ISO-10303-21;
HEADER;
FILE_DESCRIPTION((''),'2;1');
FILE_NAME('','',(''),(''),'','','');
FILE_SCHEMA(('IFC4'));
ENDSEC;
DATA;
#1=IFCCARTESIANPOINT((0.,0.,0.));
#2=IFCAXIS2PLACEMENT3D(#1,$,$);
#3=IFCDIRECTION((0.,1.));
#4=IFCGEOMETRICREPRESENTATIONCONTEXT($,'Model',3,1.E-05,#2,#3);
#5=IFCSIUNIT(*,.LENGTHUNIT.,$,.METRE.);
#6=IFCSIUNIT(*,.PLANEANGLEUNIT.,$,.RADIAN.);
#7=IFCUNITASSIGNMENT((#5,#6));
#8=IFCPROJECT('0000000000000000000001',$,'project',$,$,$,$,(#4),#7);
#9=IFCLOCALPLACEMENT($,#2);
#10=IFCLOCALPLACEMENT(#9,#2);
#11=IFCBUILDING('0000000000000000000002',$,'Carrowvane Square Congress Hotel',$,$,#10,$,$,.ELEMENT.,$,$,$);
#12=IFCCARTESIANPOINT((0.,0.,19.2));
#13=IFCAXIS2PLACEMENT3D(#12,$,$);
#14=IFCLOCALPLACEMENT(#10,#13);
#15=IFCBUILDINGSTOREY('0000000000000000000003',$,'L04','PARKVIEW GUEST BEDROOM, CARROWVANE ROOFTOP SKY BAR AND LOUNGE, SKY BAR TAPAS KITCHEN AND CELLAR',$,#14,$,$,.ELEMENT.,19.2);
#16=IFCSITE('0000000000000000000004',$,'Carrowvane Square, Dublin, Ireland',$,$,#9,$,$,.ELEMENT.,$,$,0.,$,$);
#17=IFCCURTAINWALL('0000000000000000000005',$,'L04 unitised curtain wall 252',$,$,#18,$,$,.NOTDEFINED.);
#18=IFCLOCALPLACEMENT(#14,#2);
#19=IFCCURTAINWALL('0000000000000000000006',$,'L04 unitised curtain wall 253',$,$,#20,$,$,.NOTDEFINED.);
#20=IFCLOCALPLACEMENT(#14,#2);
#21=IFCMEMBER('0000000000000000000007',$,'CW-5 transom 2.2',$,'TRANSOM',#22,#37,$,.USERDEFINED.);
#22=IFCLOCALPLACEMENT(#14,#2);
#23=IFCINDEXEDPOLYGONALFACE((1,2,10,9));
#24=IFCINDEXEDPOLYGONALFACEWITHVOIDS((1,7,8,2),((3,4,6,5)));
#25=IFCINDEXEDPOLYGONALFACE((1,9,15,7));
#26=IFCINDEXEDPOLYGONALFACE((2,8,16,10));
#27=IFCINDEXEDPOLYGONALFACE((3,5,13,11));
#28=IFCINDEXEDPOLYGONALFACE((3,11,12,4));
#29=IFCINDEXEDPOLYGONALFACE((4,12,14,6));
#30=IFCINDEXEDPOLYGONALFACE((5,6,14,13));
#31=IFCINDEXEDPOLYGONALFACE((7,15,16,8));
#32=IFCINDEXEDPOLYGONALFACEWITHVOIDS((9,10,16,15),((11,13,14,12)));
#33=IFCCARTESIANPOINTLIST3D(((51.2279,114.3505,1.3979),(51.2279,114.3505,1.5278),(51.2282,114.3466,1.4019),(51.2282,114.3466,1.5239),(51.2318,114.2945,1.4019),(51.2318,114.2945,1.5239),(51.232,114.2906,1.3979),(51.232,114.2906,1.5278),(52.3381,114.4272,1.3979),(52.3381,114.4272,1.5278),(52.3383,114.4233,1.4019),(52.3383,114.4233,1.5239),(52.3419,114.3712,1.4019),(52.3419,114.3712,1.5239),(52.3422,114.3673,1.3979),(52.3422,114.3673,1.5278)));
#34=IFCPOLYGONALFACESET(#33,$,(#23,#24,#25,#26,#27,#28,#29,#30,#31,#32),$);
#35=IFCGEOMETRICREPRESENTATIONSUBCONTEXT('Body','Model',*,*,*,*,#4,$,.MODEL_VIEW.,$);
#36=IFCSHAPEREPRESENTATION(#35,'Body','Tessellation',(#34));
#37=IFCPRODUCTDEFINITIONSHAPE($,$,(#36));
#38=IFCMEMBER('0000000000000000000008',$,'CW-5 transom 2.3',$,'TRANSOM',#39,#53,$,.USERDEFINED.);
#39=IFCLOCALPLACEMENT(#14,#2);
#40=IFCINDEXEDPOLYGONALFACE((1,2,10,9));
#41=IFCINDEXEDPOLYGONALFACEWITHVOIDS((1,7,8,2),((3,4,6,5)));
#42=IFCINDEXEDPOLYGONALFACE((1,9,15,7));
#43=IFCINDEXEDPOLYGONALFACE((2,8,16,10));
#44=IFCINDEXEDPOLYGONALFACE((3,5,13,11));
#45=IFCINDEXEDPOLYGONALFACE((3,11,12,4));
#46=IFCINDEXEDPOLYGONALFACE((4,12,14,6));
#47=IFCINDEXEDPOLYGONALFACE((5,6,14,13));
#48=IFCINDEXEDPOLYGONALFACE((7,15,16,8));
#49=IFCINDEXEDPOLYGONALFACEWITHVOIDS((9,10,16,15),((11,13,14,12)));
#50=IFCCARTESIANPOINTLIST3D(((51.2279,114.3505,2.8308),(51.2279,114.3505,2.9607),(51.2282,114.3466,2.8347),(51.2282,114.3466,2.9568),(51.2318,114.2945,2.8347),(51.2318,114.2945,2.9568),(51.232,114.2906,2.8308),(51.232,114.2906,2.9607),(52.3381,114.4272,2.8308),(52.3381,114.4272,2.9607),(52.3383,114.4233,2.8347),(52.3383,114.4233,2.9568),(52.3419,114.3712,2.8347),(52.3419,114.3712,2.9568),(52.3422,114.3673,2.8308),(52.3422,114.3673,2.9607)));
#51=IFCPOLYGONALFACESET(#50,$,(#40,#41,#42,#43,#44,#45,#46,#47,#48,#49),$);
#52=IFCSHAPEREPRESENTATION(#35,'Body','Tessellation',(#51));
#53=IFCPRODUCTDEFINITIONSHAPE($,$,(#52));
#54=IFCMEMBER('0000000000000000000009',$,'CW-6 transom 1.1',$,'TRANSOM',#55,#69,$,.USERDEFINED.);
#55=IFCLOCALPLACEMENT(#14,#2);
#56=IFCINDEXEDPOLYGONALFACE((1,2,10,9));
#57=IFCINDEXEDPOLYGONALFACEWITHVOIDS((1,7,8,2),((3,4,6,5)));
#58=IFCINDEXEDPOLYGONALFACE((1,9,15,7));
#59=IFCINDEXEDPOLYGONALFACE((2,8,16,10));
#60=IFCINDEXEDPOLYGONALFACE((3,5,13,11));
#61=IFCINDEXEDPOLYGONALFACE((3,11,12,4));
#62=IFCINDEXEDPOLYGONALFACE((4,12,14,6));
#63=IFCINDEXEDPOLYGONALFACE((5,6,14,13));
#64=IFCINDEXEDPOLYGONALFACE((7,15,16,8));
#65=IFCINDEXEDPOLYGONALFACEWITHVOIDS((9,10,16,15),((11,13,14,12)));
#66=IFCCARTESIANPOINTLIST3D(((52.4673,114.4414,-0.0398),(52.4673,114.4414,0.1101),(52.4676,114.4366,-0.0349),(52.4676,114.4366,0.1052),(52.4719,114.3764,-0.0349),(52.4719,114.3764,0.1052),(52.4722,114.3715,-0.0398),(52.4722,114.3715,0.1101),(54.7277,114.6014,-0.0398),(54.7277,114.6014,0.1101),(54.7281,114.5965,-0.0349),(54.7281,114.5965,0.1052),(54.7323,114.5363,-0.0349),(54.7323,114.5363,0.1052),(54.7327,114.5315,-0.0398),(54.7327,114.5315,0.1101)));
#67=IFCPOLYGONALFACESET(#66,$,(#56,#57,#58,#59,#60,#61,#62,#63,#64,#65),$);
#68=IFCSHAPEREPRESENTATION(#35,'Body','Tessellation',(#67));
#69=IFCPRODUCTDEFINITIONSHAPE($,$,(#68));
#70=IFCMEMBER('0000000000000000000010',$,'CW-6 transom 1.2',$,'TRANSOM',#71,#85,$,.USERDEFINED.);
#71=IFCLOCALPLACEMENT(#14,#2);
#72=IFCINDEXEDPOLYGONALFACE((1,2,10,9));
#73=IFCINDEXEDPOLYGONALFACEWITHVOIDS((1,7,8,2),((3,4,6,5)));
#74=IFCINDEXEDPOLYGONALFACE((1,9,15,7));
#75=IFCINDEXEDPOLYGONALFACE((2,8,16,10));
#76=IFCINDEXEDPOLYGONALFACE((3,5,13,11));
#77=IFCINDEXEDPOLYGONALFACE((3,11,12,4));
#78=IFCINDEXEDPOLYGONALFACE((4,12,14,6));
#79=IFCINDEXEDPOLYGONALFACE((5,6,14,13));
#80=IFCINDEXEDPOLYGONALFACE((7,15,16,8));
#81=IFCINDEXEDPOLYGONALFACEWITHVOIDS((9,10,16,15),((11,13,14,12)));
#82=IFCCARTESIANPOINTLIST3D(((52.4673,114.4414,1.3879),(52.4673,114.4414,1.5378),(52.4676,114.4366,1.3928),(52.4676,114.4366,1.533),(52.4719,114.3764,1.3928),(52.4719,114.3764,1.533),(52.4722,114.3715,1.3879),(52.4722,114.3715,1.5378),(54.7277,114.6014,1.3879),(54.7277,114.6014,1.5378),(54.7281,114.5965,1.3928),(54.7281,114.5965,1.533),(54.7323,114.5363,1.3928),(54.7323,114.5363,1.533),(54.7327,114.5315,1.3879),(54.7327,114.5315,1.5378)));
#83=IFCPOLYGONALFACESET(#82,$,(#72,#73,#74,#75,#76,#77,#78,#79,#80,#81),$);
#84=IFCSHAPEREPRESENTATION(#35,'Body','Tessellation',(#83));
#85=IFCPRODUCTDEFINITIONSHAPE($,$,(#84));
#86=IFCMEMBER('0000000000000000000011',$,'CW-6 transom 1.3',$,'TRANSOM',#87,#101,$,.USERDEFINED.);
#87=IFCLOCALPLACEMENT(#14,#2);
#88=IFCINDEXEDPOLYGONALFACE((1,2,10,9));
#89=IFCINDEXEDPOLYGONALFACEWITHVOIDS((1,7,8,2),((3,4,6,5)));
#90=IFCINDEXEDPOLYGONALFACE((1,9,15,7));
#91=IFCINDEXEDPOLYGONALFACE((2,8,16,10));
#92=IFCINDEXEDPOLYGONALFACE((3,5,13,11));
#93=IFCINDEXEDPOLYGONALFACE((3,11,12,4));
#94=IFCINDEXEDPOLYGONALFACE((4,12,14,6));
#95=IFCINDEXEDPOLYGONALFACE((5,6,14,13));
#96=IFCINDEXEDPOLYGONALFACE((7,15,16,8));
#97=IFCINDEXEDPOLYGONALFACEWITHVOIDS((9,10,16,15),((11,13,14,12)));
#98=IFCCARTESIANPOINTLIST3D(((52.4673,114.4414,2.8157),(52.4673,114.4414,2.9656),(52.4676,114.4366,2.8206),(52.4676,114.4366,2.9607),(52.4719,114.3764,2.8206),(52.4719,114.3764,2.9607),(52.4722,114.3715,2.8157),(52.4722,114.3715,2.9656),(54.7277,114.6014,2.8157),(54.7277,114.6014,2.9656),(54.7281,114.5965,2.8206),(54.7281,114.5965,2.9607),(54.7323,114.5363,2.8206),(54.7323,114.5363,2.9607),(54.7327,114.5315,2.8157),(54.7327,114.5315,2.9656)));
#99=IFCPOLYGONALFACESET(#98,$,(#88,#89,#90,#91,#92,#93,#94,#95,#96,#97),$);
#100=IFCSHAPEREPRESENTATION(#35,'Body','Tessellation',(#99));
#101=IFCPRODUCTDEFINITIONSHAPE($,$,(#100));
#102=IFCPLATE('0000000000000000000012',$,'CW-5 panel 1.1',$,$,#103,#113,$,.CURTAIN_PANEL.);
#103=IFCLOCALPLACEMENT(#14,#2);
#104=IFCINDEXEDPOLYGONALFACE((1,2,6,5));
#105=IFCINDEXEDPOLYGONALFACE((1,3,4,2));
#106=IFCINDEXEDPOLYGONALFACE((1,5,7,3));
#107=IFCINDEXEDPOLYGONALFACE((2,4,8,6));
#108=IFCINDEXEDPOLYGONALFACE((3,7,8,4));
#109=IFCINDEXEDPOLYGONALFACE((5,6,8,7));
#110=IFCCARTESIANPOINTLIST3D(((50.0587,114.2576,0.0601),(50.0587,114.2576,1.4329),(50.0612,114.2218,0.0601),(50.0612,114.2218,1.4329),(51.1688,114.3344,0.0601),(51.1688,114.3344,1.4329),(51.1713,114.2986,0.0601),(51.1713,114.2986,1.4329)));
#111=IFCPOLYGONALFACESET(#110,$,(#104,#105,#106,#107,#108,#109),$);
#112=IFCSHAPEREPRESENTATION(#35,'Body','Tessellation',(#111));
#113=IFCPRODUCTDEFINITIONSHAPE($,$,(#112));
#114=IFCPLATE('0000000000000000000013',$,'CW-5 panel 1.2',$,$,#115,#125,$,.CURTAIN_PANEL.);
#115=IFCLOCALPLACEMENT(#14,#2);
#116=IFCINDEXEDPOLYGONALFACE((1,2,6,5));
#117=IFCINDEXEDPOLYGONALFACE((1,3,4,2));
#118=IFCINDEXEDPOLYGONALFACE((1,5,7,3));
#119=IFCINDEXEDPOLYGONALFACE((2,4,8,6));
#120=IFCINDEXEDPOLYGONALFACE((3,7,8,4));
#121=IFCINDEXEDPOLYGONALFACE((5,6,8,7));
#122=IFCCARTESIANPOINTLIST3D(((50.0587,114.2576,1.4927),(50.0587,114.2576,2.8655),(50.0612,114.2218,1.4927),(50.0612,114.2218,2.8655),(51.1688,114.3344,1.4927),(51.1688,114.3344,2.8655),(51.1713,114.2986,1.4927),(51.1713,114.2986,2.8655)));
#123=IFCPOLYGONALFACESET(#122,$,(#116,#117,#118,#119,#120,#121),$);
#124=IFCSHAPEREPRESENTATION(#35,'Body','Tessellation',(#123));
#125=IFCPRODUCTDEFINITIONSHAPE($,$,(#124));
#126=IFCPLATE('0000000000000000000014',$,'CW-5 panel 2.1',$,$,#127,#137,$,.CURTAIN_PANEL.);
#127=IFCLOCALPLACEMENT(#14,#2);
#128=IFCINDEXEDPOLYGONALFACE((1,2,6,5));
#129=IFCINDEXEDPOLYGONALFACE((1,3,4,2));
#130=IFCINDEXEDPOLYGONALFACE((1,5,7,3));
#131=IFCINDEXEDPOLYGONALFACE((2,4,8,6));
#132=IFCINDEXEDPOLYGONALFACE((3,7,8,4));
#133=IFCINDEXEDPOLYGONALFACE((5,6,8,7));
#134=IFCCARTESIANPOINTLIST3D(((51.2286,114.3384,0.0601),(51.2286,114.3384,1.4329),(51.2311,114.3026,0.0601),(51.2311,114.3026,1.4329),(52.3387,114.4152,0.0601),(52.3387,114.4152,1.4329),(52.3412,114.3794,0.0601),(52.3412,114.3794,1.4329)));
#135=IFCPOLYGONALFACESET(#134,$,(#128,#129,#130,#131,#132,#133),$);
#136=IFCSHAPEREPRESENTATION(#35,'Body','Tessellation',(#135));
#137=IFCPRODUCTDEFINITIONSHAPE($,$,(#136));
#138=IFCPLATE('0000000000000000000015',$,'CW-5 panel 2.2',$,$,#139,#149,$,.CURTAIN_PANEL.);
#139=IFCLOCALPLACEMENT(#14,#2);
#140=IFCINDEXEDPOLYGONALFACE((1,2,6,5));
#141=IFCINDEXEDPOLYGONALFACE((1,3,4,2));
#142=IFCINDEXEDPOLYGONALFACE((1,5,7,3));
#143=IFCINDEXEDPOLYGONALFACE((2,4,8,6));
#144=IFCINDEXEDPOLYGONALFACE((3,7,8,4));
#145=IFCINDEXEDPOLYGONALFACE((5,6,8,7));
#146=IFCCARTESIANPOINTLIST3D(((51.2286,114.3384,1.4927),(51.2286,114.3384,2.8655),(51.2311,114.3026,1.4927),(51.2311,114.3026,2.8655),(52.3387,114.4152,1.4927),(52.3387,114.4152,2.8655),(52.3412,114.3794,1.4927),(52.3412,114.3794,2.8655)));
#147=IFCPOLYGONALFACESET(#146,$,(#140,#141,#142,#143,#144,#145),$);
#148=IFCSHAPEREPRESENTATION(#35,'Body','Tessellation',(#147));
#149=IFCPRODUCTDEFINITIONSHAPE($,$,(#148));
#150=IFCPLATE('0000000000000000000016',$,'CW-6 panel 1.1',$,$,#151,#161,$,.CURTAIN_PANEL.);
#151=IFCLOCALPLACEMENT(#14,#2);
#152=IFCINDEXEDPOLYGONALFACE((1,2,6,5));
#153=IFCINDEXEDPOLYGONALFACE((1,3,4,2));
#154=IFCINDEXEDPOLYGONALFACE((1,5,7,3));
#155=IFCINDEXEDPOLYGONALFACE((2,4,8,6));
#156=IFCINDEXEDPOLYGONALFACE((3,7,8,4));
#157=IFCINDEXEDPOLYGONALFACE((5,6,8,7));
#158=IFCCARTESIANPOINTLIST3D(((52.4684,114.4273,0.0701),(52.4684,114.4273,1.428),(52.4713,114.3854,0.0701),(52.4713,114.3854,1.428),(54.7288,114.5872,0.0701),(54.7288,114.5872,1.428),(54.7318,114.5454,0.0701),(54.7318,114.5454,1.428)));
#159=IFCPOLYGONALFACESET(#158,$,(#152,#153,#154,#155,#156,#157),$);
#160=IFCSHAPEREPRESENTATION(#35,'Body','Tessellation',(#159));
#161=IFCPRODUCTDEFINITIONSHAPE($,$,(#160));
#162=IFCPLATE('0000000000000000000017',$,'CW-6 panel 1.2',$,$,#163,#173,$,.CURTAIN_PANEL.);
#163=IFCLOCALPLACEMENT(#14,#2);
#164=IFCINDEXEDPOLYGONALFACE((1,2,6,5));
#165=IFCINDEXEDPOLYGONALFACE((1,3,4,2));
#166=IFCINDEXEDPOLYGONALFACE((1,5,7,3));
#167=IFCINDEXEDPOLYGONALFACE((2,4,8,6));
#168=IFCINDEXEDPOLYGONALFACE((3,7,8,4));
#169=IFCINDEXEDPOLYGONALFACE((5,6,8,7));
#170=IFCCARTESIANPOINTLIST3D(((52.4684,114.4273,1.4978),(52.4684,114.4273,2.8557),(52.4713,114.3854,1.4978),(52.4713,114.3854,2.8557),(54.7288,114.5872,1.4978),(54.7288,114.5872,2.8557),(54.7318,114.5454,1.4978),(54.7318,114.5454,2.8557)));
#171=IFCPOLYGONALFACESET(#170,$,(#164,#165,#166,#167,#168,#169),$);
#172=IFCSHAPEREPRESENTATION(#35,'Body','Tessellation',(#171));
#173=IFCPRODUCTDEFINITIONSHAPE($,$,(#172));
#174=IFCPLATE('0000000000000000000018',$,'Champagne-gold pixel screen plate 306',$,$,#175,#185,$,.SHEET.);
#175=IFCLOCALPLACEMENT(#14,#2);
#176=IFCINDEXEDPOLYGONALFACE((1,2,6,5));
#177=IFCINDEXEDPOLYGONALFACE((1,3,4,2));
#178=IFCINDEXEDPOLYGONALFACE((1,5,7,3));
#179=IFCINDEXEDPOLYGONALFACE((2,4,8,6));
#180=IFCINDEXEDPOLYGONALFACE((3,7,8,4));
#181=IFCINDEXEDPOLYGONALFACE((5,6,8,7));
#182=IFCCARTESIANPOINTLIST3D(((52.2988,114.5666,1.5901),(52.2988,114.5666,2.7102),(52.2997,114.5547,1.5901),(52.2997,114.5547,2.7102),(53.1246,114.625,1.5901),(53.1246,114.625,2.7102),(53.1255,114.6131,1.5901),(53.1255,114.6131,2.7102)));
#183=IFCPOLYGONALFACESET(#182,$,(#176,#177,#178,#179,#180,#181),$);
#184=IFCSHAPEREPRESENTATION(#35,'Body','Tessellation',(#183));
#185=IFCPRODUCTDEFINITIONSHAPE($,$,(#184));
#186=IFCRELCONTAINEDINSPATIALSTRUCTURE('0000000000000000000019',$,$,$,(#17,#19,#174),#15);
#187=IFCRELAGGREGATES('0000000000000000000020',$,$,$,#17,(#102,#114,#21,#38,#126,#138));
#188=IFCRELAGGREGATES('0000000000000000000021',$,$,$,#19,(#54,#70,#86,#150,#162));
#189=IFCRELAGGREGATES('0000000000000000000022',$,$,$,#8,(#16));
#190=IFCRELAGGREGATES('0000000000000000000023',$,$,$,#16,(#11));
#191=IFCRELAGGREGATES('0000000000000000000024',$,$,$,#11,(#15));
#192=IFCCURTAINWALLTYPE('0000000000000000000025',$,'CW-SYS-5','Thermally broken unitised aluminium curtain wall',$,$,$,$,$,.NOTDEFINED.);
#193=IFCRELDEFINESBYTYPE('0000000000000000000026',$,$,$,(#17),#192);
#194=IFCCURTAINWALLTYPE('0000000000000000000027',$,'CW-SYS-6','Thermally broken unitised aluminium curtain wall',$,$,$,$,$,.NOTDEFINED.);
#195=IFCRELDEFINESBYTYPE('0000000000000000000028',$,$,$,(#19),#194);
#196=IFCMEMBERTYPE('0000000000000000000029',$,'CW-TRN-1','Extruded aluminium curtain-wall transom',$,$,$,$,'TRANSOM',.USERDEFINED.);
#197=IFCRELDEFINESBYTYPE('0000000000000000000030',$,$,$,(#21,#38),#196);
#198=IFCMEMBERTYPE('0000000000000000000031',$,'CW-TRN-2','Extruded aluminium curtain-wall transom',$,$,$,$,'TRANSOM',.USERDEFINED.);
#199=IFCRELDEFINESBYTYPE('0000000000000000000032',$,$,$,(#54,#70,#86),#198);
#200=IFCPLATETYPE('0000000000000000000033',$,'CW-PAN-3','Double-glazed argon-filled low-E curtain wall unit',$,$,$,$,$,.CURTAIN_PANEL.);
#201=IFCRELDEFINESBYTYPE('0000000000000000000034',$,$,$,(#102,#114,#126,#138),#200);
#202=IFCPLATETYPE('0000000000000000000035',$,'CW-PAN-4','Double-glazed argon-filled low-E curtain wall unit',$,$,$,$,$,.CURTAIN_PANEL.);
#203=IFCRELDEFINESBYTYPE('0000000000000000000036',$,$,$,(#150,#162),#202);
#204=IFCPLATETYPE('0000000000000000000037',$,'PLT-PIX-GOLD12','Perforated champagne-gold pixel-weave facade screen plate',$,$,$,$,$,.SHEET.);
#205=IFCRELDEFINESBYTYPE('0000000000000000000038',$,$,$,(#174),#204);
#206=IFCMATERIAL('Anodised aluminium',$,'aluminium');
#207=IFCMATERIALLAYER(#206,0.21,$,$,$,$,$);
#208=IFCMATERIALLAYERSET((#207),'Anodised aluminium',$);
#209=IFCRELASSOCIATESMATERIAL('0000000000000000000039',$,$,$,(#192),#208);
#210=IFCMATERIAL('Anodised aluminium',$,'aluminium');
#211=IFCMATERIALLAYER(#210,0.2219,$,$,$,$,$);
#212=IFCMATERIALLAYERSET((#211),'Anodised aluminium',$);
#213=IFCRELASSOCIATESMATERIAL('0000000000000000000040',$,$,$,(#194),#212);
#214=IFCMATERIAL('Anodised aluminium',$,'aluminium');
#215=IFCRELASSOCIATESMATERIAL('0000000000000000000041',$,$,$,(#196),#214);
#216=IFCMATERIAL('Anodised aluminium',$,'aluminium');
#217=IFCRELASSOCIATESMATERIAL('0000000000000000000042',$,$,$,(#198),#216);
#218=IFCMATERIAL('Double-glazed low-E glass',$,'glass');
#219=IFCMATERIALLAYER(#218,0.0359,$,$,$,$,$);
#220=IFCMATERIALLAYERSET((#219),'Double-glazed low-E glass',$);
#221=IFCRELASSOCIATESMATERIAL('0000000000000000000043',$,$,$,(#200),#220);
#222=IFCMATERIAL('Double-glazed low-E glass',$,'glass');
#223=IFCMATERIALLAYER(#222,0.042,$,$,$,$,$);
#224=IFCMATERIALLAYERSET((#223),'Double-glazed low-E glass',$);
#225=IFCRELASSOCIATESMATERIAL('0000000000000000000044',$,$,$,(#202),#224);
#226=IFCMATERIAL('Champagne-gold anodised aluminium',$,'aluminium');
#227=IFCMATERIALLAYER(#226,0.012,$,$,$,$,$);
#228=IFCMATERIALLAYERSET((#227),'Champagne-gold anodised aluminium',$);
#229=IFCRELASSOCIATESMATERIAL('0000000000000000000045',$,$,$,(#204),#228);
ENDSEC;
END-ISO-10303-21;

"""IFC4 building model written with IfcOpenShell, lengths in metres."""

from ifc_helpers import new_model, si_unit, direction, frame, origin, origin_2d, place, context, subcontext, project, spatial, rectangle, hollow_rectangle, extrude, material, layer, layer_set, material_profile, profile_set, type_object, element, aggregate, save


model = new_model("IFC4")

# Units and contexts
model_context = context("Model", 3, precision=1e-05, world=origin(), true_north=direction((0.0, 1.0)))
body_context = subcontext(model_context, "Body", "Model", "MODEL_VIEW")
ifc_project = project(units=[si_unit("LENGTHUNIT", "METRE"), si_unit("PLANEANGLEUNIT", "RADIAN")], contexts=[model_context])

# Site, building, storey
site_placement = place(None, origin())
site = spatial("IfcSite", under=ifc_project, at=site_placement, Name="Carrowvane Square, Dublin, Ireland", CompositionType="ELEMENT", RefElevation=0.0)
building_placement = place(site_placement, origin())
building = spatial("IfcBuilding", under=site, at=building_placement, Name="Carrowvane Square Congress Hotel", CompositionType="ELEMENT")
storey_placement = place(building_placement, frame((0.0, 0.0, 19.2)))
storey = spatial("IfcBuildingStorey", under=building, at=storey_placement, Name="L04", Description="PARKVIEW GUEST BEDROOM, CARROWVANE ROOFTOP SKY BAR AND LOUNGE, SKY BAR TAPAS KITCHEN AND CELLAR", CompositionType="ELEMENT", Elevation=19.2)

# Curtain wall
ifc_material_1 = material(Name="Anodised aluminium", Category="aluminium")
ifc_layer_1 = layer(ifc_material_1, 0.21)
ifc_layer_set_1 = layer_set([ifc_layer_1], Name="Anodised aluminium")
curtain_wall_type_1 = type_object("IfcCurtainWallType", Name="CW-SYS-5", Description="Thermally broken unitised aluminium curtain wall", PredefinedType="NOTDEFINED", material=ifc_layer_set_1)
curtain_wall_1_placement = place(storey_placement, origin())
curtain_wall_1 = element("IfcCurtainWall", 1, at=curtain_wall_1_placement, inside=storey, type_object=curtain_wall_type_1, Name="L04 unitised curtain wall 252", PredefinedType="NOTDEFINED")

# Curtain wall
ifc_material_2 = material(Name="Anodised aluminium", Category="aluminium")
ifc_layer_2 = layer(ifc_material_2, 0.2219)
ifc_layer_set_2 = layer_set([ifc_layer_2], Name="Anodised aluminium")
curtain_wall_type_2 = type_object("IfcCurtainWallType", Name="CW-SYS-6", Description="Thermally broken unitised aluminium curtain wall", PredefinedType="NOTDEFINED", material=ifc_layer_set_2)
curtain_wall_2_placement = place(storey_placement, origin())
curtain_wall_2 = element("IfcCurtainWall", 2, at=curtain_wall_2_placement, inside=storey, type_object=curtain_wall_type_2, Name="L04 unitised curtain wall 253", PredefinedType="NOTDEFINED")

# Members
ifc_material_3 = material(Name="Anodised aluminium", Category="aluminium")
ifc_material_profile_1 = material_profile(ifc_material_3, hollow_rectangle(XDim=0.0601, YDim=0.1299, WallThickness=0.0039, at=origin_2d()), Name="CW-TR 60x130x4")
ifc_profile_set_1 = profile_set([ifc_material_profile_1], Name="Anodised aluminium")
member_type_1 = type_object("IfcMemberType", Name="CW-TRN-1", Description="Extruded aluminium curtain-wall transom", ElementType="TRANSOM", PredefinedType="USERDEFINED", material=ifc_profile_set_1)
member_1_placement = place(storey_placement, frame((51.23, 114.3206, 1.4629), z_axis=(0.997624, 0.068892, 0.0), x_axis=(-0.068892, 0.997624, 0.0)))
member_1 = element("IfcMember", 3, at=member_1_placement, type_object=member_type_1, Name="CW-5 transom 2.2", ObjectType="TRANSOM", PredefinedType="USERDEFINED", context=body_context, shape_type="SweptSolid", body=[
    extrude(hollow_rectangle(XDim=0.0601, YDim=0.1299, WallThickness=0.0039, at=origin_2d()), origin(), (0.0, 0.0, 1.0), 1.1128),
])
member_2_placement = place(storey_placement, frame((51.23, 114.3206, 2.8958), z_axis=(0.997624, 0.068892, 0.0), x_axis=(-0.068892, 0.997624, 0.0)))
member_2 = element("IfcMember", 4, at=member_2_placement, type_object=member_type_1, Name="CW-5 transom 2.3", ObjectType="TRANSOM", PredefinedType="USERDEFINED", context=body_context, shape_type="SweptSolid", body=[
    extrude(hollow_rectangle(XDim=0.0601, YDim=0.1299, WallThickness=0.0039, at=origin_2d()), origin(), (0.0, 0.0, 1.0), 1.1128),
])
ifc_material_4 = material(Name="Anodised aluminium", Category="aluminium")
ifc_material_profile_2 = material_profile(ifc_material_4, hollow_rectangle(XDim=0.0701, YDim=0.1499, WallThickness=0.0049, at=origin_2d()), Name="CW-TR 70x150x5")
ifc_profile_set_2 = profile_set([ifc_material_profile_2], Name="Anodised aluminium")
member_type_2 = type_object("IfcMemberType", Name="CW-TRN-2", Description="Extruded aluminium curtain-wall transom", ElementType="TRANSOM", PredefinedType="USERDEFINED", material=ifc_profile_set_2)
member_3_placement = place(storey_placement, frame((52.4697, 114.4065, 0.0352), z_axis=(0.997507, 0.070566, 0.0), x_axis=(-0.070566, 0.997507, 0.0)))
member_3 = element("IfcMember", 5, at=member_3_placement, type_object=member_type_2, Name="CW-6 transom 1.1", ObjectType="TRANSOM", PredefinedType="USERDEFINED", context=body_context, shape_type="SweptSolid", body=[
    extrude(hollow_rectangle(XDim=0.0701, YDim=0.1499, WallThickness=0.0049, at=origin_2d()), origin(), (0.0, 0.0, 1.0), 2.2661),
])
member_4_placement = place(storey_placement, frame((52.4697, 114.4065, 1.4629), z_axis=(0.997507, 0.070566, 0.0), x_axis=(-0.070566, 0.997507, 0.0)))
member_4 = element("IfcMember", 6, at=member_4_placement, type_object=member_type_2, Name="CW-6 transom 1.2", ObjectType="TRANSOM", PredefinedType="USERDEFINED", context=body_context, shape_type="SweptSolid", body=[
    extrude(hollow_rectangle(XDim=0.0701, YDim=0.1499, WallThickness=0.0049, at=origin_2d()), origin(), (0.0, 0.0, 1.0), 2.2661),
])
member_5_placement = place(storey_placement, frame((52.4697, 114.4065, 2.8906), z_axis=(0.997507, 0.070566, 0.0), x_axis=(-0.070566, 0.997507, 0.0)))
member_5 = element("IfcMember", 7, at=member_5_placement, type_object=member_type_2, Name="CW-6 transom 1.3", ObjectType="TRANSOM", PredefinedType="USERDEFINED", context=body_context, shape_type="SweptSolid", body=[
    extrude(hollow_rectangle(XDim=0.0701, YDim=0.1499, WallThickness=0.0049, at=origin_2d()), origin(), (0.0, 0.0, 1.0), 2.2661),
])

# Plates
ifc_material_5 = material(Name="Double-glazed low-E glass", Category="glass")
ifc_layer_3 = layer(ifc_material_5, 0.0359)
ifc_layer_set_3 = layer_set([ifc_layer_3], Name="Double-glazed low-E glass")
plate_type_1 = type_object("IfcPlateType", Name="CW-PAN-3", Description="Double-glazed argon-filled low-E curtain wall unit", PredefinedType="CURTAIN_PANEL", material=ifc_layer_set_3)
plate_1_placement = place(storey_placement, frame((50.615, 114.2781, 0.0601), z_axis=(0.0, 0.0, 1.0), x_axis=(0.997618, 0.068986, 0.0)))
plate_1 = element("IfcPlate", 8, at=plate_1_placement, type_object=plate_type_1, Name="CW-5 panel 1.1", PredefinedType="CURTAIN_PANEL", context=body_context, shape_type="SweptSolid", body=[
    extrude(rectangle(XDim=1.1128, YDim=0.0359, at=origin_2d()), origin(), (0.0, 0.0, 1.0), 1.3728),
])
plate_2_placement = place(storey_placement, frame((50.615, 114.2781, 1.4927), z_axis=(0.0, 0.0, 1.0), x_axis=(0.997618, 0.068986, 0.0)))
plate_2 = element("IfcPlate", 9, at=plate_2_placement, type_object=plate_type_1, Name="CW-5 panel 1.2", PredefinedType="CURTAIN_PANEL", context=body_context, shape_type="SweptSolid", body=[
    extrude(rectangle(XDim=1.1128, YDim=0.0359, at=origin_2d()), origin(), (0.0, 0.0, 1.0), 1.3728),
])
plate_3_placement = place(storey_placement, frame((51.7849, 114.3589, 0.0601), z_axis=(0.0, 0.0, 1.0), x_axis=(0.997618, 0.068986, 0.0)))
plate_3 = element("IfcPlate", 10, at=plate_3_placement, type_object=plate_type_1, Name="CW-5 panel 2.1", PredefinedType="CURTAIN_PANEL", context=body_context, shape_type="SweptSolid", body=[
    extrude(rectangle(XDim=1.1128, YDim=0.0359, at=origin_2d()), origin(), (0.0, 0.0, 1.0), 1.3728),
])
plate_4_placement = place(storey_placement, frame((51.7849, 114.3589, 1.4927), z_axis=(0.0, 0.0, 1.0), x_axis=(0.997618, 0.068986, 0.0)))
plate_4 = element("IfcPlate", 11, at=plate_4_placement, type_object=plate_type_1, Name="CW-5 panel 2.2", PredefinedType="CURTAIN_PANEL", context=body_context, shape_type="SweptSolid", body=[
    extrude(rectangle(XDim=1.1128, YDim=0.0359, at=origin_2d()), origin(), (0.0, 0.0, 1.0), 1.3728),
])
aggregate(curtain_wall_1, [plate_1, plate_2, member_1, member_2, plate_3, plate_4])
ifc_material_6 = material(Name="Double-glazed low-E glass", Category="glass")
ifc_layer_4 = layer(ifc_material_6, 0.042)
ifc_layer_set_4 = layer_set([ifc_layer_4], Name="Double-glazed low-E glass")
plate_type_2 = type_object("IfcPlateType", Name="CW-PAN-4", Description="Double-glazed argon-filled low-E curtain wall unit", PredefinedType="CURTAIN_PANEL", material=ifc_layer_set_4)
plate_5_placement = place(storey_placement, frame((53.6001, 114.4863, 0.0701), z_axis=(0.0, 0.0, 1.0), x_axis=(0.997506, 0.070586, 0.0)))
plate_5 = element("IfcPlate", 12, at=plate_5_placement, type_object=plate_type_2, Name="CW-6 panel 1.1", PredefinedType="CURTAIN_PANEL", context=body_context, shape_type="SweptSolid", body=[
    extrude(rectangle(XDim=2.2661, YDim=0.042, at=origin_2d()), origin(), (0.0, 0.0, 1.0), 1.3579),
])
plate_6_placement = place(storey_placement, frame((53.6001, 114.4863, 1.4978), z_axis=(0.0, 0.0, 1.0), x_axis=(0.997506, 0.070586, 0.0)))
plate_6 = element("IfcPlate", 13, at=plate_6_placement, type_object=plate_type_2, Name="CW-6 panel 1.2", PredefinedType="CURTAIN_PANEL", context=body_context, shape_type="SweptSolid", body=[
    extrude(rectangle(XDim=2.2661, YDim=0.042, at=origin_2d()), origin(), (0.0, 0.0, 1.0), 1.3579),
])
aggregate(curtain_wall_2, [member_3, member_4, member_5, plate_5, plate_6])

# Plate
ifc_material_7 = material(Name="Champagne-gold anodised aluminium", Category="aluminium")
ifc_layer_5 = layer(ifc_material_7, 0.012)
ifc_layer_set_5 = layer_set([ifc_layer_5], Name="Champagne-gold anodised aluminium")
plate_type_3 = type_object("IfcPlateType", Name="PLT-PIX-GOLD12", Description="Perforated champagne-gold pixel-weave facade screen plate", PredefinedType="SHEET", material=ifc_layer_set_5)
plate_7_placement = place(storey_placement, frame((52.7122, 114.5898, 1.5901), z_axis=(0.0, 0.0, 1.0), x_axis=(0.997506, 0.070585, 0.0)))
element("IfcPlate", 14, at=plate_7_placement, inside=storey, type_object=plate_type_3, Name="Champagne-gold pixel screen plate 306", PredefinedType="SHEET", context=body_context, shape_type="SweptSolid", body=[
    extrude(rectangle(XDim=0.8279, YDim=0.012, at=origin_2d()), origin(), (0.0, 0.0, 1.0), 1.1201),
])

save(model, "model.ifc")
